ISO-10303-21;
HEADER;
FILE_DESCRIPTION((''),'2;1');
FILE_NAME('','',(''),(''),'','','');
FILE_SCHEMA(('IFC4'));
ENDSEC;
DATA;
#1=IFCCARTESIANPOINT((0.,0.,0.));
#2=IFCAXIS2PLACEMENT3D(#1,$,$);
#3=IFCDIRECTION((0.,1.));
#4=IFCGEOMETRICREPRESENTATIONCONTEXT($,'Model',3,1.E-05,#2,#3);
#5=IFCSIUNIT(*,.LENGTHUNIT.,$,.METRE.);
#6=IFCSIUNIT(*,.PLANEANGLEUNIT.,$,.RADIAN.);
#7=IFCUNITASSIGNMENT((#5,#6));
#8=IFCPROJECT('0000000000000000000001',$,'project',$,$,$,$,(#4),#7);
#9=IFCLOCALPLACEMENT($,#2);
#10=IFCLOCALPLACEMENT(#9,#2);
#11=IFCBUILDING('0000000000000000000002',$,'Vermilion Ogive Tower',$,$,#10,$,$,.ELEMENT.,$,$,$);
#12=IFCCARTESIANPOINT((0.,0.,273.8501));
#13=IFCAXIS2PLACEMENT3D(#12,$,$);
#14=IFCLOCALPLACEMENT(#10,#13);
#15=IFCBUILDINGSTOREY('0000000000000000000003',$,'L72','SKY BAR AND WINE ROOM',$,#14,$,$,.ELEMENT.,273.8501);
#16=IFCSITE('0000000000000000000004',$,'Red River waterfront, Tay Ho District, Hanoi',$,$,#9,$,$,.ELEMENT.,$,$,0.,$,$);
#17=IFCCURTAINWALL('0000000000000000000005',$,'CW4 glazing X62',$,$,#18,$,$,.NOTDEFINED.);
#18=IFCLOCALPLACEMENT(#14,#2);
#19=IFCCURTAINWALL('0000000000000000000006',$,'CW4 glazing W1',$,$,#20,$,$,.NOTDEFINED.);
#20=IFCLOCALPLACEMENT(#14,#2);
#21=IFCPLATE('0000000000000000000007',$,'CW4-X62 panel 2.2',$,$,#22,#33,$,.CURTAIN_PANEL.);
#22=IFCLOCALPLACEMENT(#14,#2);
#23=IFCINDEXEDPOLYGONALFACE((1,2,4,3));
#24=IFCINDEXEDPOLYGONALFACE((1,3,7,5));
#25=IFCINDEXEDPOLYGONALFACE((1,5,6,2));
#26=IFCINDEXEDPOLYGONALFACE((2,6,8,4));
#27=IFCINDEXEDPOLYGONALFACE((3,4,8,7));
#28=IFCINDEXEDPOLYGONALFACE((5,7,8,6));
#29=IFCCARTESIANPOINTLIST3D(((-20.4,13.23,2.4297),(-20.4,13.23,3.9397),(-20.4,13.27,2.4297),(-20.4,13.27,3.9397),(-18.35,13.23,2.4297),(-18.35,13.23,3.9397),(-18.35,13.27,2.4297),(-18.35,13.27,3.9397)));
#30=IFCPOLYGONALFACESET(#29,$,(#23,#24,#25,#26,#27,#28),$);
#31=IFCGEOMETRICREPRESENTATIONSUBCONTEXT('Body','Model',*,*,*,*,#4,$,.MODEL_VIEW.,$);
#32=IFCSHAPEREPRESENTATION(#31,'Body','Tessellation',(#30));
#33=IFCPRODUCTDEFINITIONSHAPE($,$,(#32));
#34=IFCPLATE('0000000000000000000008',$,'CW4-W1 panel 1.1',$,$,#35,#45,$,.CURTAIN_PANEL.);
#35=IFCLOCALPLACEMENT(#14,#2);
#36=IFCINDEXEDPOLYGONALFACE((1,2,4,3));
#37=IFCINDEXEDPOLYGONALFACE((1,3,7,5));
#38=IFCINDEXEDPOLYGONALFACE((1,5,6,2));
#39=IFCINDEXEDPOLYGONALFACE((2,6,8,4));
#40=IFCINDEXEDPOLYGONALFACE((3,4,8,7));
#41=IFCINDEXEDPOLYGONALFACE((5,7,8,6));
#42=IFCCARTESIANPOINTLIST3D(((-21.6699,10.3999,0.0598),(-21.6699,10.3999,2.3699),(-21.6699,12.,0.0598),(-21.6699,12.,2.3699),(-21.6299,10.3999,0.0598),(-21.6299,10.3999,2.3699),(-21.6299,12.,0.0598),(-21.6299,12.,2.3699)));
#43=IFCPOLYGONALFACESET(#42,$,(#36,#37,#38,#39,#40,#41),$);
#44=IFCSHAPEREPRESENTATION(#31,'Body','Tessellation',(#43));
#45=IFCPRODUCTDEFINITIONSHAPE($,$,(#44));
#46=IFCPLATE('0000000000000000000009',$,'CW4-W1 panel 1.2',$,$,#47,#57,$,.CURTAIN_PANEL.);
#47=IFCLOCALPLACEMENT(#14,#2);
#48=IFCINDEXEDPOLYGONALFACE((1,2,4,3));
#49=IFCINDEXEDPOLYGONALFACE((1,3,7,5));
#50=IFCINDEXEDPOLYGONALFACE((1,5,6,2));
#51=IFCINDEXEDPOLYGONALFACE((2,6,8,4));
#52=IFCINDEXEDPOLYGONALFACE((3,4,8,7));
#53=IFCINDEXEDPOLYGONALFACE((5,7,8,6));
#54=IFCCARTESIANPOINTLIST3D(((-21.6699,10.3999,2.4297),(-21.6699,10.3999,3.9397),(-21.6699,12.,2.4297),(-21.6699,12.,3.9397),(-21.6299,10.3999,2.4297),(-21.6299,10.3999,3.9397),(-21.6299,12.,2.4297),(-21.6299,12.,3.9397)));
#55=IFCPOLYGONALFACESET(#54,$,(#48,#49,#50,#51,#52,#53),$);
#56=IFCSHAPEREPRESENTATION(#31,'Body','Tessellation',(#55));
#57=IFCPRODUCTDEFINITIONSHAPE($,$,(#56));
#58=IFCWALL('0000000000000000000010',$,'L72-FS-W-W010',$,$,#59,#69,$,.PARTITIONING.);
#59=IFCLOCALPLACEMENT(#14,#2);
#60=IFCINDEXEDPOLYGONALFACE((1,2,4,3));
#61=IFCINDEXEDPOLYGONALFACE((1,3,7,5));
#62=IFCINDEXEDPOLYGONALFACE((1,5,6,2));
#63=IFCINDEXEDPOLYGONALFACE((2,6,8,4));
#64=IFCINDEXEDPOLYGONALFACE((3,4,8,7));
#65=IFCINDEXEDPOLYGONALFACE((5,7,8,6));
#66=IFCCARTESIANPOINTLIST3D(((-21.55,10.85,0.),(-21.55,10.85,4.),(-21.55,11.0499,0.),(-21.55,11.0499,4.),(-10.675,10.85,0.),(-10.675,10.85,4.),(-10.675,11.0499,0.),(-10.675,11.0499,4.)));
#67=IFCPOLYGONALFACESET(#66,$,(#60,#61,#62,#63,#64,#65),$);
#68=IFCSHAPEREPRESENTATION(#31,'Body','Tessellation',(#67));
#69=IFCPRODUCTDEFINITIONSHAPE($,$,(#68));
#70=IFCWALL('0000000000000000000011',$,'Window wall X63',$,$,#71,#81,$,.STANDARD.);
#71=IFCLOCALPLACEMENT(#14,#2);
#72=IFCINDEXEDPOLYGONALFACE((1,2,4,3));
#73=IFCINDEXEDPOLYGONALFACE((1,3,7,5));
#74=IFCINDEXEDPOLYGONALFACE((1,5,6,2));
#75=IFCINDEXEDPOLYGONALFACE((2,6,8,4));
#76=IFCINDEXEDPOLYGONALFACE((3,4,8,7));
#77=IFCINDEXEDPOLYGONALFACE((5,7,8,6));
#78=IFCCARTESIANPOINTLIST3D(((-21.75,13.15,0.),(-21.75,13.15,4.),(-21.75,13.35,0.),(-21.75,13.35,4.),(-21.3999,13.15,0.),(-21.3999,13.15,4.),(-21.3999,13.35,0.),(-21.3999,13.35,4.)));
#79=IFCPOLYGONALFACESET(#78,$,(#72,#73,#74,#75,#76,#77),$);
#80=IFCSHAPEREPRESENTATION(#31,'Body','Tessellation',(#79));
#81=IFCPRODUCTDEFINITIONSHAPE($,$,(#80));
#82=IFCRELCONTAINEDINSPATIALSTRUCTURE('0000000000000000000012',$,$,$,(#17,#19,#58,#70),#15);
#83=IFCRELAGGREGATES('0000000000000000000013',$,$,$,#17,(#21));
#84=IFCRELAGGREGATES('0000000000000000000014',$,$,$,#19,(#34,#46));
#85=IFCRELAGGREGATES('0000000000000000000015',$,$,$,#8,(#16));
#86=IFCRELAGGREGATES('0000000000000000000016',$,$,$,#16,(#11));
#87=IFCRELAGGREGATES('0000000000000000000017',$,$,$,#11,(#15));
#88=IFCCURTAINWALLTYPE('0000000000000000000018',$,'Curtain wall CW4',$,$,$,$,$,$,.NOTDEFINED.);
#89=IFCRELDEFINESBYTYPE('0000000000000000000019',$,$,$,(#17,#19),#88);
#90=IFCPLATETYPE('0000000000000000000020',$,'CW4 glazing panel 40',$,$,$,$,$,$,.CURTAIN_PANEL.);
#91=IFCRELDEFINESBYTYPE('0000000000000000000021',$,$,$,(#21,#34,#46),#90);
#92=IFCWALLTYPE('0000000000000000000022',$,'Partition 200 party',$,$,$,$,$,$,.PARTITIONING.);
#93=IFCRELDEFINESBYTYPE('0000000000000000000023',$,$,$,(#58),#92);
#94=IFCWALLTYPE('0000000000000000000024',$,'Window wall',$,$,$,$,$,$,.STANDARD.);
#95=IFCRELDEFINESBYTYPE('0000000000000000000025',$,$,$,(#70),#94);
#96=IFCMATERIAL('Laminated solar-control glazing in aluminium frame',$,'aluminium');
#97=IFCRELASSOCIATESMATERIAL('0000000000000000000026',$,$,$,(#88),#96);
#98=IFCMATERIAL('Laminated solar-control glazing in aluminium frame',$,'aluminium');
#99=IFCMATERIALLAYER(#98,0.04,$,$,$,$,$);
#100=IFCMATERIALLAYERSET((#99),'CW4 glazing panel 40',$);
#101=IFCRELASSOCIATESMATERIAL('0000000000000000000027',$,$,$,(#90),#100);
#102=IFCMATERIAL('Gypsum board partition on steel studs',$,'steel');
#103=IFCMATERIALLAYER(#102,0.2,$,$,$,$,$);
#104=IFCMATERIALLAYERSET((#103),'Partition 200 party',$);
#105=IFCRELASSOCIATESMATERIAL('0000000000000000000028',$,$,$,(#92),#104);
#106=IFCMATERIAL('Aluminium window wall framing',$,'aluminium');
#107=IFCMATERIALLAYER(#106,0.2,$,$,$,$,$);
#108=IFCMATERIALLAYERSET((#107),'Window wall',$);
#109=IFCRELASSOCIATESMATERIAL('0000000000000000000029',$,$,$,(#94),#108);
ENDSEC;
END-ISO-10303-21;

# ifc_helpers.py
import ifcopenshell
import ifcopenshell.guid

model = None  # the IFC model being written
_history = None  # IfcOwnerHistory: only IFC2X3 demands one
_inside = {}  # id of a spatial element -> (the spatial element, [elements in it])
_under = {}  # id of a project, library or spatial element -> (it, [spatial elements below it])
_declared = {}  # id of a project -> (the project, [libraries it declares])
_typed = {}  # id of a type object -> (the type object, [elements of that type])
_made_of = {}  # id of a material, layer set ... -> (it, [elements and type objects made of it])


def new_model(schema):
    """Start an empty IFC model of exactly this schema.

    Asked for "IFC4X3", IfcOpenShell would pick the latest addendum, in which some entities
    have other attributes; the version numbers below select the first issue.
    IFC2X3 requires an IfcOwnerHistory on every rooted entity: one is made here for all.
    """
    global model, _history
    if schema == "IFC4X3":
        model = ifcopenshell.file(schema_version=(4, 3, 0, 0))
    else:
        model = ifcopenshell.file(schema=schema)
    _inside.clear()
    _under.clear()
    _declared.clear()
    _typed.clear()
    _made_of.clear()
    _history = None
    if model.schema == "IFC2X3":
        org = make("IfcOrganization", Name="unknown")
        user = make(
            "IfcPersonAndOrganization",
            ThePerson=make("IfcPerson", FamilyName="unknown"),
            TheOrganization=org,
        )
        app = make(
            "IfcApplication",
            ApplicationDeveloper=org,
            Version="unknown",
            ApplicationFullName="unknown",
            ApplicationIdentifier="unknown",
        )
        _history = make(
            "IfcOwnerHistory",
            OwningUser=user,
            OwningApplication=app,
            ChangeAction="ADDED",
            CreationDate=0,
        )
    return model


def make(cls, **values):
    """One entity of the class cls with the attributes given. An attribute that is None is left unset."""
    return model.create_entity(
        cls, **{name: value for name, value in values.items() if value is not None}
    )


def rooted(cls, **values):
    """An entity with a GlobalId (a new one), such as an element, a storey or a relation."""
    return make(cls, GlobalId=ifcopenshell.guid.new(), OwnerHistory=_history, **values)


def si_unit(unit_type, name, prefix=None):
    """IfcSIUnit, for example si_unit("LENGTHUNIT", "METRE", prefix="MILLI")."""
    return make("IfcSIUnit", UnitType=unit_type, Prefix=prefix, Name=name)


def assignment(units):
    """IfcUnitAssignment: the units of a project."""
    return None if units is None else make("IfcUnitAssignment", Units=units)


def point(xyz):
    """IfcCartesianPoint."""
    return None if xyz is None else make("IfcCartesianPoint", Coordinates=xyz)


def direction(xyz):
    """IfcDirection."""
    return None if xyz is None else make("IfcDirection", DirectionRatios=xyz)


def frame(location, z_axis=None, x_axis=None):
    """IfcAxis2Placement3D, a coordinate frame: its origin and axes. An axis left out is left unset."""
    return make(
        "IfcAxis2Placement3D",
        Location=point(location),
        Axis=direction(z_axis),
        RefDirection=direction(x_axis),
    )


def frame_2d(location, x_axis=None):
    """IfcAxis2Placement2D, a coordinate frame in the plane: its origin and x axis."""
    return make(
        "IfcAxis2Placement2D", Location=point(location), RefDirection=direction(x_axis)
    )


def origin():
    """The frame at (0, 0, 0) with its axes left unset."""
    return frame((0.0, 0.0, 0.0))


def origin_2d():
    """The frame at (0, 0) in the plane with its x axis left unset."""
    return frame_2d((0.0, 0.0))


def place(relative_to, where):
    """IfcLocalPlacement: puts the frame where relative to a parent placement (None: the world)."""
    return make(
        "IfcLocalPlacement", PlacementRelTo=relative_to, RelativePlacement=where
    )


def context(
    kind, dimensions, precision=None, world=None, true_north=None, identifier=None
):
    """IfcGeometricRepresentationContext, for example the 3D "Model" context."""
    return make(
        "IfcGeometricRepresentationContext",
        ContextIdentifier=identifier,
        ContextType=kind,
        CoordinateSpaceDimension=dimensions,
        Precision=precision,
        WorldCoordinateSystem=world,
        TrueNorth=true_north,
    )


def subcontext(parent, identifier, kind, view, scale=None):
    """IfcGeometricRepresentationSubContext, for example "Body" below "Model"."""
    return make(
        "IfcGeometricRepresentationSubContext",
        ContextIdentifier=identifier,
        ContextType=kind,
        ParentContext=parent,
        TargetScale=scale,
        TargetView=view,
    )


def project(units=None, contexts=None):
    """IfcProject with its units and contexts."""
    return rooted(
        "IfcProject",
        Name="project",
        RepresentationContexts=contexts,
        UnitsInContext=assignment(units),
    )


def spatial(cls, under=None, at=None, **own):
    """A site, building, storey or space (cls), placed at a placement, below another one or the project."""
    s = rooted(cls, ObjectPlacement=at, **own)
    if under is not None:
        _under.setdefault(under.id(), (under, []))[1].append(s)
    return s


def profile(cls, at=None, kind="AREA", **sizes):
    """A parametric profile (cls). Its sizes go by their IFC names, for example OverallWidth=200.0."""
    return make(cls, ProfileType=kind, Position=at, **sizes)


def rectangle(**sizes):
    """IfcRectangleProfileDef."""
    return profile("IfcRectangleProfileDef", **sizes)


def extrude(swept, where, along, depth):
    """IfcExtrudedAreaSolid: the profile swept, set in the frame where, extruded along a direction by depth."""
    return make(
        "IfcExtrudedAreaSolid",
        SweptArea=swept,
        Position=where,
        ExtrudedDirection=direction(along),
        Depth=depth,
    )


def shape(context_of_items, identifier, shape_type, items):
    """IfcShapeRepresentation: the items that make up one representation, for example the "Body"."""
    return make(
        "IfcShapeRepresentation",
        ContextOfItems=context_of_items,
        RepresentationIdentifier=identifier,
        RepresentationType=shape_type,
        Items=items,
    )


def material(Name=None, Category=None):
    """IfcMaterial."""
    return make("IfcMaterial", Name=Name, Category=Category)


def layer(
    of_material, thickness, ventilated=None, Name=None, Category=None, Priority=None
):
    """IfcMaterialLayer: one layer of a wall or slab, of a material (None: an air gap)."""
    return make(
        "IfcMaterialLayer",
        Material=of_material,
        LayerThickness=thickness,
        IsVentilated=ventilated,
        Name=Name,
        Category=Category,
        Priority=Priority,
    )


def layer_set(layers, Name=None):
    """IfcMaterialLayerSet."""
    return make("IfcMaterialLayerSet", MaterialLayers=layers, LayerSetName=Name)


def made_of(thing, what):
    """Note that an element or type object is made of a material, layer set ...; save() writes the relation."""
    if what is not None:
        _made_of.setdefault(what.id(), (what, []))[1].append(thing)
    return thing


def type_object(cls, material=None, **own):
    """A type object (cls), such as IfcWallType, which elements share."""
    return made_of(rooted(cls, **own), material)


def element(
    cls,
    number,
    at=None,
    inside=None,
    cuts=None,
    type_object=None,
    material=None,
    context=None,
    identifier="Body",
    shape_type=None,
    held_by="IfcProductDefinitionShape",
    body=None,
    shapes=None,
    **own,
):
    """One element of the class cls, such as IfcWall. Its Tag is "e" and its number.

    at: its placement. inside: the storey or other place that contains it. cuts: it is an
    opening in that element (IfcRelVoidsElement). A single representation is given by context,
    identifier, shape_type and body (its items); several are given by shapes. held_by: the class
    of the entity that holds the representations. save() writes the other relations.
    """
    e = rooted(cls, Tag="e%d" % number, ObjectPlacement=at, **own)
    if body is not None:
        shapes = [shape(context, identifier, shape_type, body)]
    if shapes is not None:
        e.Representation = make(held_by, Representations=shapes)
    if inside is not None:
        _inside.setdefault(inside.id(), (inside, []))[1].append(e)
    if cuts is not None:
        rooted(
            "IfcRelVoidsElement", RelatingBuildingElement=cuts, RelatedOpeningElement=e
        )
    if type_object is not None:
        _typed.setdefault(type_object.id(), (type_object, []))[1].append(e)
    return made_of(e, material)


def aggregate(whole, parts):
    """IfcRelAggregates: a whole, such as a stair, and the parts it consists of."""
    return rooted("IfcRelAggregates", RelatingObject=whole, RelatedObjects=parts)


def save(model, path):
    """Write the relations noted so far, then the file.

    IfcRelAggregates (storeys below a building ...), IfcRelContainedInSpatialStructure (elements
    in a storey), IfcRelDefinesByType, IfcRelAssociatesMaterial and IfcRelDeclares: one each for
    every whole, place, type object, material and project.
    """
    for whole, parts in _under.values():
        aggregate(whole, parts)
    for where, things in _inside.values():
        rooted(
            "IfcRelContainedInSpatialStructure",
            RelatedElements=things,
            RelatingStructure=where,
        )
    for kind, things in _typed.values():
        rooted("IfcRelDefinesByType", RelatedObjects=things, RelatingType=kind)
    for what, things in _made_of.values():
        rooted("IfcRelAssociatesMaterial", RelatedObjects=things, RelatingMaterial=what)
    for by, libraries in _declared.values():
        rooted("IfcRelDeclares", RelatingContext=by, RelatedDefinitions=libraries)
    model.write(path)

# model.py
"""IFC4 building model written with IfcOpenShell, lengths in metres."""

from ifc_helpers import new_model, si_unit, direction, frame, frame_2d, origin, origin_2d, place, context, subcontext, project, spatial, rectangle, extrude, material, layer, layer_set, type_object, element, aggregate, save


model = new_model("IFC4")

# Units and contexts
model_context = context("Model", 3, precision=1e-05, world=origin(), true_north=direction((0.0, 1.0)))
body_context = subcontext(model_context, "Body", "Model", "MODEL_VIEW")
ifc_project = project(units=[si_unit("LENGTHUNIT", "METRE"), si_unit("PLANEANGLEUNIT", "RADIAN")], contexts=[model_context])

# Site, building, storey
site_placement = place(None, origin())
site = spatial("IfcSite", under=ifc_project, at=site_placement, Name="Red River waterfront, Tay Ho District, Hanoi", CompositionType="ELEMENT", RefElevation=0.0)
building_placement = place(site_placement, origin())
building = spatial("IfcBuilding", under=site, at=building_placement, Name="Vermilion Ogive Tower", CompositionType="ELEMENT")
storey_placement = place(building_placement, frame((0.0, 0.0, 273.8501)))
storey = spatial("IfcBuildingStorey", under=building, at=storey_placement, Name="L72", Description="SKY BAR AND WINE ROOM", CompositionType="ELEMENT", Elevation=273.8501)

# Curtain walls
ifc_material_1 = material(Name="Laminated solar-control glazing in aluminium frame", Category="aluminium")
curtain_wall_type = type_object("IfcCurtainWallType", Name="Curtain wall CW4", PredefinedType="NOTDEFINED", material=ifc_material_1)
curtain_wall_1_placement = place(storey_placement, origin())
curtain_wall_1 = element("IfcCurtainWall", 1, at=curtain_wall_1_placement, inside=storey, type_object=curtain_wall_type, Name="CW4 glazing X62", PredefinedType="NOTDEFINED")
curtain_wall_2_placement = place(storey_placement, origin())
curtain_wall_2 = element("IfcCurtainWall", 2, at=curtain_wall_2_placement, inside=storey, type_object=curtain_wall_type, Name="CW4 glazing W1", PredefinedType="NOTDEFINED")

# Plates
ifc_material_2 = material(Name="Laminated solar-control glazing in aluminium frame", Category="aluminium")
ifc_layer_1 = layer(ifc_material_2, 0.04)
ifc_layer_set_1 = layer_set([ifc_layer_1], Name="CW4 glazing panel 40")
plate_type = type_object("IfcPlateType", Name="CW4 glazing panel 40", PredefinedType="CURTAIN_PANEL", material=ifc_layer_set_1)
plate_1_placement = place(storey_placement, frame((-19.375, 13.25, 2.4297), z_axis=(0.0, 0.0, 1.0), x_axis=(-1.0, 0.0, 0.0)))
plate_1 = element("IfcPlate", 3, at=plate_1_placement, type_object=plate_type, Name="CW4-X62 panel 2.2", PredefinedType="CURTAIN_PANEL", context=body_context, shape_type="SweptSolid", body=[
    extrude(rectangle(XDim=2.05, YDim=0.04, at=origin_2d()), origin(), (0.0, 0.0, 1.0), 1.51),
])
aggregate(curtain_wall_1, [plate_1])
plate_2_placement = place(storey_placement, frame((-21.6499, 11.2, 0.0598), z_axis=(0.0, 0.0, 1.0), x_axis=(0.0, -1.0, 0.0)))
plate_2 = element("IfcPlate", 4, at=plate_2_placement, type_object=plate_type, Name="CW4-W1 panel 1.1", PredefinedType="CURTAIN_PANEL", context=body_context, shape_type="SweptSolid", body=[
    extrude(rectangle(XDim=1.6001, YDim=0.04, at=origin_2d()), origin(), (0.0, 0.0, 1.0), 2.3101),
])
plate_3_placement = place(storey_placement, frame((-21.6499, 11.2, 2.4297), z_axis=(0.0, 0.0, 1.0), x_axis=(0.0, -1.0, 0.0)))
plate_3 = element("IfcPlate", 5, at=plate_3_placement, type_object=plate_type, Name="CW4-W1 panel 1.2", PredefinedType="CURTAIN_PANEL", context=body_context, shape_type="SweptSolid", body=[
    extrude(rectangle(XDim=1.6001, YDim=0.04, at=origin_2d()), origin(), (0.0, 0.0, 1.0), 1.51),
])
aggregate(curtain_wall_2, [plate_2, plate_3])

# Walls
ifc_material_3 = material(Name="Gypsum board partition on steel studs", Category="steel")
ifc_layer_2 = layer(ifc_material_3, 0.2)
ifc_layer_set_2 = layer_set([ifc_layer_2], Name="Partition 200 party")
wall_type_1 = type_object("IfcWallType", Name="Partition 200 party", PredefinedType="PARTITIONING", material=ifc_layer_set_2)
wall_1_placement = place(storey_placement, frame((-21.55, 10.95, 0.0), z_axis=(0.0, 0.0, 1.0), x_axis=(1.0, 0.0, 0.0)))
element("IfcWall", 6, at=wall_1_placement, inside=storey, type_object=wall_type_1, Name="L72-FS-W-W010", PredefinedType="PARTITIONING", context=body_context, shape_type="SweptSolid", body=[
    extrude(rectangle(XDim=10.875, YDim=0.2, at=frame_2d((5.4375, 0.0))), origin(), (0.0, 0.0, 1.0), 4.0),
])
ifc_material_4 = material(Name="Aluminium window wall framing", Category="aluminium")
ifc_layer_3 = layer(ifc_material_4, 0.2)
ifc_layer_set_3 = layer_set([ifc_layer_3], Name="Window wall")
wall_type_2 = type_object("IfcWallType", Name="Window wall", PredefinedType="STANDARD", material=ifc_layer_set_3)
wall_2_placement = place(storey_placement, frame((-21.3999, 13.25, 0.0), z_axis=(0.0, 0.0, 1.0), x_axis=(-1.0, 0.0, 0.0)))
element("IfcWall", 7, at=wall_2_placement, inside=storey, type_object=wall_type_2, Name="Window wall X63", PredefinedType="STANDARD", context=body_context, shape_type="SweptSolid", body=[
    extrude(rectangle(XDim=0.3501, YDim=0.2, at=frame_2d((0.175, 0.0))), origin(), (0.0, 0.0, 1.0), 4.0),
])

save(model, "model.ifc")
